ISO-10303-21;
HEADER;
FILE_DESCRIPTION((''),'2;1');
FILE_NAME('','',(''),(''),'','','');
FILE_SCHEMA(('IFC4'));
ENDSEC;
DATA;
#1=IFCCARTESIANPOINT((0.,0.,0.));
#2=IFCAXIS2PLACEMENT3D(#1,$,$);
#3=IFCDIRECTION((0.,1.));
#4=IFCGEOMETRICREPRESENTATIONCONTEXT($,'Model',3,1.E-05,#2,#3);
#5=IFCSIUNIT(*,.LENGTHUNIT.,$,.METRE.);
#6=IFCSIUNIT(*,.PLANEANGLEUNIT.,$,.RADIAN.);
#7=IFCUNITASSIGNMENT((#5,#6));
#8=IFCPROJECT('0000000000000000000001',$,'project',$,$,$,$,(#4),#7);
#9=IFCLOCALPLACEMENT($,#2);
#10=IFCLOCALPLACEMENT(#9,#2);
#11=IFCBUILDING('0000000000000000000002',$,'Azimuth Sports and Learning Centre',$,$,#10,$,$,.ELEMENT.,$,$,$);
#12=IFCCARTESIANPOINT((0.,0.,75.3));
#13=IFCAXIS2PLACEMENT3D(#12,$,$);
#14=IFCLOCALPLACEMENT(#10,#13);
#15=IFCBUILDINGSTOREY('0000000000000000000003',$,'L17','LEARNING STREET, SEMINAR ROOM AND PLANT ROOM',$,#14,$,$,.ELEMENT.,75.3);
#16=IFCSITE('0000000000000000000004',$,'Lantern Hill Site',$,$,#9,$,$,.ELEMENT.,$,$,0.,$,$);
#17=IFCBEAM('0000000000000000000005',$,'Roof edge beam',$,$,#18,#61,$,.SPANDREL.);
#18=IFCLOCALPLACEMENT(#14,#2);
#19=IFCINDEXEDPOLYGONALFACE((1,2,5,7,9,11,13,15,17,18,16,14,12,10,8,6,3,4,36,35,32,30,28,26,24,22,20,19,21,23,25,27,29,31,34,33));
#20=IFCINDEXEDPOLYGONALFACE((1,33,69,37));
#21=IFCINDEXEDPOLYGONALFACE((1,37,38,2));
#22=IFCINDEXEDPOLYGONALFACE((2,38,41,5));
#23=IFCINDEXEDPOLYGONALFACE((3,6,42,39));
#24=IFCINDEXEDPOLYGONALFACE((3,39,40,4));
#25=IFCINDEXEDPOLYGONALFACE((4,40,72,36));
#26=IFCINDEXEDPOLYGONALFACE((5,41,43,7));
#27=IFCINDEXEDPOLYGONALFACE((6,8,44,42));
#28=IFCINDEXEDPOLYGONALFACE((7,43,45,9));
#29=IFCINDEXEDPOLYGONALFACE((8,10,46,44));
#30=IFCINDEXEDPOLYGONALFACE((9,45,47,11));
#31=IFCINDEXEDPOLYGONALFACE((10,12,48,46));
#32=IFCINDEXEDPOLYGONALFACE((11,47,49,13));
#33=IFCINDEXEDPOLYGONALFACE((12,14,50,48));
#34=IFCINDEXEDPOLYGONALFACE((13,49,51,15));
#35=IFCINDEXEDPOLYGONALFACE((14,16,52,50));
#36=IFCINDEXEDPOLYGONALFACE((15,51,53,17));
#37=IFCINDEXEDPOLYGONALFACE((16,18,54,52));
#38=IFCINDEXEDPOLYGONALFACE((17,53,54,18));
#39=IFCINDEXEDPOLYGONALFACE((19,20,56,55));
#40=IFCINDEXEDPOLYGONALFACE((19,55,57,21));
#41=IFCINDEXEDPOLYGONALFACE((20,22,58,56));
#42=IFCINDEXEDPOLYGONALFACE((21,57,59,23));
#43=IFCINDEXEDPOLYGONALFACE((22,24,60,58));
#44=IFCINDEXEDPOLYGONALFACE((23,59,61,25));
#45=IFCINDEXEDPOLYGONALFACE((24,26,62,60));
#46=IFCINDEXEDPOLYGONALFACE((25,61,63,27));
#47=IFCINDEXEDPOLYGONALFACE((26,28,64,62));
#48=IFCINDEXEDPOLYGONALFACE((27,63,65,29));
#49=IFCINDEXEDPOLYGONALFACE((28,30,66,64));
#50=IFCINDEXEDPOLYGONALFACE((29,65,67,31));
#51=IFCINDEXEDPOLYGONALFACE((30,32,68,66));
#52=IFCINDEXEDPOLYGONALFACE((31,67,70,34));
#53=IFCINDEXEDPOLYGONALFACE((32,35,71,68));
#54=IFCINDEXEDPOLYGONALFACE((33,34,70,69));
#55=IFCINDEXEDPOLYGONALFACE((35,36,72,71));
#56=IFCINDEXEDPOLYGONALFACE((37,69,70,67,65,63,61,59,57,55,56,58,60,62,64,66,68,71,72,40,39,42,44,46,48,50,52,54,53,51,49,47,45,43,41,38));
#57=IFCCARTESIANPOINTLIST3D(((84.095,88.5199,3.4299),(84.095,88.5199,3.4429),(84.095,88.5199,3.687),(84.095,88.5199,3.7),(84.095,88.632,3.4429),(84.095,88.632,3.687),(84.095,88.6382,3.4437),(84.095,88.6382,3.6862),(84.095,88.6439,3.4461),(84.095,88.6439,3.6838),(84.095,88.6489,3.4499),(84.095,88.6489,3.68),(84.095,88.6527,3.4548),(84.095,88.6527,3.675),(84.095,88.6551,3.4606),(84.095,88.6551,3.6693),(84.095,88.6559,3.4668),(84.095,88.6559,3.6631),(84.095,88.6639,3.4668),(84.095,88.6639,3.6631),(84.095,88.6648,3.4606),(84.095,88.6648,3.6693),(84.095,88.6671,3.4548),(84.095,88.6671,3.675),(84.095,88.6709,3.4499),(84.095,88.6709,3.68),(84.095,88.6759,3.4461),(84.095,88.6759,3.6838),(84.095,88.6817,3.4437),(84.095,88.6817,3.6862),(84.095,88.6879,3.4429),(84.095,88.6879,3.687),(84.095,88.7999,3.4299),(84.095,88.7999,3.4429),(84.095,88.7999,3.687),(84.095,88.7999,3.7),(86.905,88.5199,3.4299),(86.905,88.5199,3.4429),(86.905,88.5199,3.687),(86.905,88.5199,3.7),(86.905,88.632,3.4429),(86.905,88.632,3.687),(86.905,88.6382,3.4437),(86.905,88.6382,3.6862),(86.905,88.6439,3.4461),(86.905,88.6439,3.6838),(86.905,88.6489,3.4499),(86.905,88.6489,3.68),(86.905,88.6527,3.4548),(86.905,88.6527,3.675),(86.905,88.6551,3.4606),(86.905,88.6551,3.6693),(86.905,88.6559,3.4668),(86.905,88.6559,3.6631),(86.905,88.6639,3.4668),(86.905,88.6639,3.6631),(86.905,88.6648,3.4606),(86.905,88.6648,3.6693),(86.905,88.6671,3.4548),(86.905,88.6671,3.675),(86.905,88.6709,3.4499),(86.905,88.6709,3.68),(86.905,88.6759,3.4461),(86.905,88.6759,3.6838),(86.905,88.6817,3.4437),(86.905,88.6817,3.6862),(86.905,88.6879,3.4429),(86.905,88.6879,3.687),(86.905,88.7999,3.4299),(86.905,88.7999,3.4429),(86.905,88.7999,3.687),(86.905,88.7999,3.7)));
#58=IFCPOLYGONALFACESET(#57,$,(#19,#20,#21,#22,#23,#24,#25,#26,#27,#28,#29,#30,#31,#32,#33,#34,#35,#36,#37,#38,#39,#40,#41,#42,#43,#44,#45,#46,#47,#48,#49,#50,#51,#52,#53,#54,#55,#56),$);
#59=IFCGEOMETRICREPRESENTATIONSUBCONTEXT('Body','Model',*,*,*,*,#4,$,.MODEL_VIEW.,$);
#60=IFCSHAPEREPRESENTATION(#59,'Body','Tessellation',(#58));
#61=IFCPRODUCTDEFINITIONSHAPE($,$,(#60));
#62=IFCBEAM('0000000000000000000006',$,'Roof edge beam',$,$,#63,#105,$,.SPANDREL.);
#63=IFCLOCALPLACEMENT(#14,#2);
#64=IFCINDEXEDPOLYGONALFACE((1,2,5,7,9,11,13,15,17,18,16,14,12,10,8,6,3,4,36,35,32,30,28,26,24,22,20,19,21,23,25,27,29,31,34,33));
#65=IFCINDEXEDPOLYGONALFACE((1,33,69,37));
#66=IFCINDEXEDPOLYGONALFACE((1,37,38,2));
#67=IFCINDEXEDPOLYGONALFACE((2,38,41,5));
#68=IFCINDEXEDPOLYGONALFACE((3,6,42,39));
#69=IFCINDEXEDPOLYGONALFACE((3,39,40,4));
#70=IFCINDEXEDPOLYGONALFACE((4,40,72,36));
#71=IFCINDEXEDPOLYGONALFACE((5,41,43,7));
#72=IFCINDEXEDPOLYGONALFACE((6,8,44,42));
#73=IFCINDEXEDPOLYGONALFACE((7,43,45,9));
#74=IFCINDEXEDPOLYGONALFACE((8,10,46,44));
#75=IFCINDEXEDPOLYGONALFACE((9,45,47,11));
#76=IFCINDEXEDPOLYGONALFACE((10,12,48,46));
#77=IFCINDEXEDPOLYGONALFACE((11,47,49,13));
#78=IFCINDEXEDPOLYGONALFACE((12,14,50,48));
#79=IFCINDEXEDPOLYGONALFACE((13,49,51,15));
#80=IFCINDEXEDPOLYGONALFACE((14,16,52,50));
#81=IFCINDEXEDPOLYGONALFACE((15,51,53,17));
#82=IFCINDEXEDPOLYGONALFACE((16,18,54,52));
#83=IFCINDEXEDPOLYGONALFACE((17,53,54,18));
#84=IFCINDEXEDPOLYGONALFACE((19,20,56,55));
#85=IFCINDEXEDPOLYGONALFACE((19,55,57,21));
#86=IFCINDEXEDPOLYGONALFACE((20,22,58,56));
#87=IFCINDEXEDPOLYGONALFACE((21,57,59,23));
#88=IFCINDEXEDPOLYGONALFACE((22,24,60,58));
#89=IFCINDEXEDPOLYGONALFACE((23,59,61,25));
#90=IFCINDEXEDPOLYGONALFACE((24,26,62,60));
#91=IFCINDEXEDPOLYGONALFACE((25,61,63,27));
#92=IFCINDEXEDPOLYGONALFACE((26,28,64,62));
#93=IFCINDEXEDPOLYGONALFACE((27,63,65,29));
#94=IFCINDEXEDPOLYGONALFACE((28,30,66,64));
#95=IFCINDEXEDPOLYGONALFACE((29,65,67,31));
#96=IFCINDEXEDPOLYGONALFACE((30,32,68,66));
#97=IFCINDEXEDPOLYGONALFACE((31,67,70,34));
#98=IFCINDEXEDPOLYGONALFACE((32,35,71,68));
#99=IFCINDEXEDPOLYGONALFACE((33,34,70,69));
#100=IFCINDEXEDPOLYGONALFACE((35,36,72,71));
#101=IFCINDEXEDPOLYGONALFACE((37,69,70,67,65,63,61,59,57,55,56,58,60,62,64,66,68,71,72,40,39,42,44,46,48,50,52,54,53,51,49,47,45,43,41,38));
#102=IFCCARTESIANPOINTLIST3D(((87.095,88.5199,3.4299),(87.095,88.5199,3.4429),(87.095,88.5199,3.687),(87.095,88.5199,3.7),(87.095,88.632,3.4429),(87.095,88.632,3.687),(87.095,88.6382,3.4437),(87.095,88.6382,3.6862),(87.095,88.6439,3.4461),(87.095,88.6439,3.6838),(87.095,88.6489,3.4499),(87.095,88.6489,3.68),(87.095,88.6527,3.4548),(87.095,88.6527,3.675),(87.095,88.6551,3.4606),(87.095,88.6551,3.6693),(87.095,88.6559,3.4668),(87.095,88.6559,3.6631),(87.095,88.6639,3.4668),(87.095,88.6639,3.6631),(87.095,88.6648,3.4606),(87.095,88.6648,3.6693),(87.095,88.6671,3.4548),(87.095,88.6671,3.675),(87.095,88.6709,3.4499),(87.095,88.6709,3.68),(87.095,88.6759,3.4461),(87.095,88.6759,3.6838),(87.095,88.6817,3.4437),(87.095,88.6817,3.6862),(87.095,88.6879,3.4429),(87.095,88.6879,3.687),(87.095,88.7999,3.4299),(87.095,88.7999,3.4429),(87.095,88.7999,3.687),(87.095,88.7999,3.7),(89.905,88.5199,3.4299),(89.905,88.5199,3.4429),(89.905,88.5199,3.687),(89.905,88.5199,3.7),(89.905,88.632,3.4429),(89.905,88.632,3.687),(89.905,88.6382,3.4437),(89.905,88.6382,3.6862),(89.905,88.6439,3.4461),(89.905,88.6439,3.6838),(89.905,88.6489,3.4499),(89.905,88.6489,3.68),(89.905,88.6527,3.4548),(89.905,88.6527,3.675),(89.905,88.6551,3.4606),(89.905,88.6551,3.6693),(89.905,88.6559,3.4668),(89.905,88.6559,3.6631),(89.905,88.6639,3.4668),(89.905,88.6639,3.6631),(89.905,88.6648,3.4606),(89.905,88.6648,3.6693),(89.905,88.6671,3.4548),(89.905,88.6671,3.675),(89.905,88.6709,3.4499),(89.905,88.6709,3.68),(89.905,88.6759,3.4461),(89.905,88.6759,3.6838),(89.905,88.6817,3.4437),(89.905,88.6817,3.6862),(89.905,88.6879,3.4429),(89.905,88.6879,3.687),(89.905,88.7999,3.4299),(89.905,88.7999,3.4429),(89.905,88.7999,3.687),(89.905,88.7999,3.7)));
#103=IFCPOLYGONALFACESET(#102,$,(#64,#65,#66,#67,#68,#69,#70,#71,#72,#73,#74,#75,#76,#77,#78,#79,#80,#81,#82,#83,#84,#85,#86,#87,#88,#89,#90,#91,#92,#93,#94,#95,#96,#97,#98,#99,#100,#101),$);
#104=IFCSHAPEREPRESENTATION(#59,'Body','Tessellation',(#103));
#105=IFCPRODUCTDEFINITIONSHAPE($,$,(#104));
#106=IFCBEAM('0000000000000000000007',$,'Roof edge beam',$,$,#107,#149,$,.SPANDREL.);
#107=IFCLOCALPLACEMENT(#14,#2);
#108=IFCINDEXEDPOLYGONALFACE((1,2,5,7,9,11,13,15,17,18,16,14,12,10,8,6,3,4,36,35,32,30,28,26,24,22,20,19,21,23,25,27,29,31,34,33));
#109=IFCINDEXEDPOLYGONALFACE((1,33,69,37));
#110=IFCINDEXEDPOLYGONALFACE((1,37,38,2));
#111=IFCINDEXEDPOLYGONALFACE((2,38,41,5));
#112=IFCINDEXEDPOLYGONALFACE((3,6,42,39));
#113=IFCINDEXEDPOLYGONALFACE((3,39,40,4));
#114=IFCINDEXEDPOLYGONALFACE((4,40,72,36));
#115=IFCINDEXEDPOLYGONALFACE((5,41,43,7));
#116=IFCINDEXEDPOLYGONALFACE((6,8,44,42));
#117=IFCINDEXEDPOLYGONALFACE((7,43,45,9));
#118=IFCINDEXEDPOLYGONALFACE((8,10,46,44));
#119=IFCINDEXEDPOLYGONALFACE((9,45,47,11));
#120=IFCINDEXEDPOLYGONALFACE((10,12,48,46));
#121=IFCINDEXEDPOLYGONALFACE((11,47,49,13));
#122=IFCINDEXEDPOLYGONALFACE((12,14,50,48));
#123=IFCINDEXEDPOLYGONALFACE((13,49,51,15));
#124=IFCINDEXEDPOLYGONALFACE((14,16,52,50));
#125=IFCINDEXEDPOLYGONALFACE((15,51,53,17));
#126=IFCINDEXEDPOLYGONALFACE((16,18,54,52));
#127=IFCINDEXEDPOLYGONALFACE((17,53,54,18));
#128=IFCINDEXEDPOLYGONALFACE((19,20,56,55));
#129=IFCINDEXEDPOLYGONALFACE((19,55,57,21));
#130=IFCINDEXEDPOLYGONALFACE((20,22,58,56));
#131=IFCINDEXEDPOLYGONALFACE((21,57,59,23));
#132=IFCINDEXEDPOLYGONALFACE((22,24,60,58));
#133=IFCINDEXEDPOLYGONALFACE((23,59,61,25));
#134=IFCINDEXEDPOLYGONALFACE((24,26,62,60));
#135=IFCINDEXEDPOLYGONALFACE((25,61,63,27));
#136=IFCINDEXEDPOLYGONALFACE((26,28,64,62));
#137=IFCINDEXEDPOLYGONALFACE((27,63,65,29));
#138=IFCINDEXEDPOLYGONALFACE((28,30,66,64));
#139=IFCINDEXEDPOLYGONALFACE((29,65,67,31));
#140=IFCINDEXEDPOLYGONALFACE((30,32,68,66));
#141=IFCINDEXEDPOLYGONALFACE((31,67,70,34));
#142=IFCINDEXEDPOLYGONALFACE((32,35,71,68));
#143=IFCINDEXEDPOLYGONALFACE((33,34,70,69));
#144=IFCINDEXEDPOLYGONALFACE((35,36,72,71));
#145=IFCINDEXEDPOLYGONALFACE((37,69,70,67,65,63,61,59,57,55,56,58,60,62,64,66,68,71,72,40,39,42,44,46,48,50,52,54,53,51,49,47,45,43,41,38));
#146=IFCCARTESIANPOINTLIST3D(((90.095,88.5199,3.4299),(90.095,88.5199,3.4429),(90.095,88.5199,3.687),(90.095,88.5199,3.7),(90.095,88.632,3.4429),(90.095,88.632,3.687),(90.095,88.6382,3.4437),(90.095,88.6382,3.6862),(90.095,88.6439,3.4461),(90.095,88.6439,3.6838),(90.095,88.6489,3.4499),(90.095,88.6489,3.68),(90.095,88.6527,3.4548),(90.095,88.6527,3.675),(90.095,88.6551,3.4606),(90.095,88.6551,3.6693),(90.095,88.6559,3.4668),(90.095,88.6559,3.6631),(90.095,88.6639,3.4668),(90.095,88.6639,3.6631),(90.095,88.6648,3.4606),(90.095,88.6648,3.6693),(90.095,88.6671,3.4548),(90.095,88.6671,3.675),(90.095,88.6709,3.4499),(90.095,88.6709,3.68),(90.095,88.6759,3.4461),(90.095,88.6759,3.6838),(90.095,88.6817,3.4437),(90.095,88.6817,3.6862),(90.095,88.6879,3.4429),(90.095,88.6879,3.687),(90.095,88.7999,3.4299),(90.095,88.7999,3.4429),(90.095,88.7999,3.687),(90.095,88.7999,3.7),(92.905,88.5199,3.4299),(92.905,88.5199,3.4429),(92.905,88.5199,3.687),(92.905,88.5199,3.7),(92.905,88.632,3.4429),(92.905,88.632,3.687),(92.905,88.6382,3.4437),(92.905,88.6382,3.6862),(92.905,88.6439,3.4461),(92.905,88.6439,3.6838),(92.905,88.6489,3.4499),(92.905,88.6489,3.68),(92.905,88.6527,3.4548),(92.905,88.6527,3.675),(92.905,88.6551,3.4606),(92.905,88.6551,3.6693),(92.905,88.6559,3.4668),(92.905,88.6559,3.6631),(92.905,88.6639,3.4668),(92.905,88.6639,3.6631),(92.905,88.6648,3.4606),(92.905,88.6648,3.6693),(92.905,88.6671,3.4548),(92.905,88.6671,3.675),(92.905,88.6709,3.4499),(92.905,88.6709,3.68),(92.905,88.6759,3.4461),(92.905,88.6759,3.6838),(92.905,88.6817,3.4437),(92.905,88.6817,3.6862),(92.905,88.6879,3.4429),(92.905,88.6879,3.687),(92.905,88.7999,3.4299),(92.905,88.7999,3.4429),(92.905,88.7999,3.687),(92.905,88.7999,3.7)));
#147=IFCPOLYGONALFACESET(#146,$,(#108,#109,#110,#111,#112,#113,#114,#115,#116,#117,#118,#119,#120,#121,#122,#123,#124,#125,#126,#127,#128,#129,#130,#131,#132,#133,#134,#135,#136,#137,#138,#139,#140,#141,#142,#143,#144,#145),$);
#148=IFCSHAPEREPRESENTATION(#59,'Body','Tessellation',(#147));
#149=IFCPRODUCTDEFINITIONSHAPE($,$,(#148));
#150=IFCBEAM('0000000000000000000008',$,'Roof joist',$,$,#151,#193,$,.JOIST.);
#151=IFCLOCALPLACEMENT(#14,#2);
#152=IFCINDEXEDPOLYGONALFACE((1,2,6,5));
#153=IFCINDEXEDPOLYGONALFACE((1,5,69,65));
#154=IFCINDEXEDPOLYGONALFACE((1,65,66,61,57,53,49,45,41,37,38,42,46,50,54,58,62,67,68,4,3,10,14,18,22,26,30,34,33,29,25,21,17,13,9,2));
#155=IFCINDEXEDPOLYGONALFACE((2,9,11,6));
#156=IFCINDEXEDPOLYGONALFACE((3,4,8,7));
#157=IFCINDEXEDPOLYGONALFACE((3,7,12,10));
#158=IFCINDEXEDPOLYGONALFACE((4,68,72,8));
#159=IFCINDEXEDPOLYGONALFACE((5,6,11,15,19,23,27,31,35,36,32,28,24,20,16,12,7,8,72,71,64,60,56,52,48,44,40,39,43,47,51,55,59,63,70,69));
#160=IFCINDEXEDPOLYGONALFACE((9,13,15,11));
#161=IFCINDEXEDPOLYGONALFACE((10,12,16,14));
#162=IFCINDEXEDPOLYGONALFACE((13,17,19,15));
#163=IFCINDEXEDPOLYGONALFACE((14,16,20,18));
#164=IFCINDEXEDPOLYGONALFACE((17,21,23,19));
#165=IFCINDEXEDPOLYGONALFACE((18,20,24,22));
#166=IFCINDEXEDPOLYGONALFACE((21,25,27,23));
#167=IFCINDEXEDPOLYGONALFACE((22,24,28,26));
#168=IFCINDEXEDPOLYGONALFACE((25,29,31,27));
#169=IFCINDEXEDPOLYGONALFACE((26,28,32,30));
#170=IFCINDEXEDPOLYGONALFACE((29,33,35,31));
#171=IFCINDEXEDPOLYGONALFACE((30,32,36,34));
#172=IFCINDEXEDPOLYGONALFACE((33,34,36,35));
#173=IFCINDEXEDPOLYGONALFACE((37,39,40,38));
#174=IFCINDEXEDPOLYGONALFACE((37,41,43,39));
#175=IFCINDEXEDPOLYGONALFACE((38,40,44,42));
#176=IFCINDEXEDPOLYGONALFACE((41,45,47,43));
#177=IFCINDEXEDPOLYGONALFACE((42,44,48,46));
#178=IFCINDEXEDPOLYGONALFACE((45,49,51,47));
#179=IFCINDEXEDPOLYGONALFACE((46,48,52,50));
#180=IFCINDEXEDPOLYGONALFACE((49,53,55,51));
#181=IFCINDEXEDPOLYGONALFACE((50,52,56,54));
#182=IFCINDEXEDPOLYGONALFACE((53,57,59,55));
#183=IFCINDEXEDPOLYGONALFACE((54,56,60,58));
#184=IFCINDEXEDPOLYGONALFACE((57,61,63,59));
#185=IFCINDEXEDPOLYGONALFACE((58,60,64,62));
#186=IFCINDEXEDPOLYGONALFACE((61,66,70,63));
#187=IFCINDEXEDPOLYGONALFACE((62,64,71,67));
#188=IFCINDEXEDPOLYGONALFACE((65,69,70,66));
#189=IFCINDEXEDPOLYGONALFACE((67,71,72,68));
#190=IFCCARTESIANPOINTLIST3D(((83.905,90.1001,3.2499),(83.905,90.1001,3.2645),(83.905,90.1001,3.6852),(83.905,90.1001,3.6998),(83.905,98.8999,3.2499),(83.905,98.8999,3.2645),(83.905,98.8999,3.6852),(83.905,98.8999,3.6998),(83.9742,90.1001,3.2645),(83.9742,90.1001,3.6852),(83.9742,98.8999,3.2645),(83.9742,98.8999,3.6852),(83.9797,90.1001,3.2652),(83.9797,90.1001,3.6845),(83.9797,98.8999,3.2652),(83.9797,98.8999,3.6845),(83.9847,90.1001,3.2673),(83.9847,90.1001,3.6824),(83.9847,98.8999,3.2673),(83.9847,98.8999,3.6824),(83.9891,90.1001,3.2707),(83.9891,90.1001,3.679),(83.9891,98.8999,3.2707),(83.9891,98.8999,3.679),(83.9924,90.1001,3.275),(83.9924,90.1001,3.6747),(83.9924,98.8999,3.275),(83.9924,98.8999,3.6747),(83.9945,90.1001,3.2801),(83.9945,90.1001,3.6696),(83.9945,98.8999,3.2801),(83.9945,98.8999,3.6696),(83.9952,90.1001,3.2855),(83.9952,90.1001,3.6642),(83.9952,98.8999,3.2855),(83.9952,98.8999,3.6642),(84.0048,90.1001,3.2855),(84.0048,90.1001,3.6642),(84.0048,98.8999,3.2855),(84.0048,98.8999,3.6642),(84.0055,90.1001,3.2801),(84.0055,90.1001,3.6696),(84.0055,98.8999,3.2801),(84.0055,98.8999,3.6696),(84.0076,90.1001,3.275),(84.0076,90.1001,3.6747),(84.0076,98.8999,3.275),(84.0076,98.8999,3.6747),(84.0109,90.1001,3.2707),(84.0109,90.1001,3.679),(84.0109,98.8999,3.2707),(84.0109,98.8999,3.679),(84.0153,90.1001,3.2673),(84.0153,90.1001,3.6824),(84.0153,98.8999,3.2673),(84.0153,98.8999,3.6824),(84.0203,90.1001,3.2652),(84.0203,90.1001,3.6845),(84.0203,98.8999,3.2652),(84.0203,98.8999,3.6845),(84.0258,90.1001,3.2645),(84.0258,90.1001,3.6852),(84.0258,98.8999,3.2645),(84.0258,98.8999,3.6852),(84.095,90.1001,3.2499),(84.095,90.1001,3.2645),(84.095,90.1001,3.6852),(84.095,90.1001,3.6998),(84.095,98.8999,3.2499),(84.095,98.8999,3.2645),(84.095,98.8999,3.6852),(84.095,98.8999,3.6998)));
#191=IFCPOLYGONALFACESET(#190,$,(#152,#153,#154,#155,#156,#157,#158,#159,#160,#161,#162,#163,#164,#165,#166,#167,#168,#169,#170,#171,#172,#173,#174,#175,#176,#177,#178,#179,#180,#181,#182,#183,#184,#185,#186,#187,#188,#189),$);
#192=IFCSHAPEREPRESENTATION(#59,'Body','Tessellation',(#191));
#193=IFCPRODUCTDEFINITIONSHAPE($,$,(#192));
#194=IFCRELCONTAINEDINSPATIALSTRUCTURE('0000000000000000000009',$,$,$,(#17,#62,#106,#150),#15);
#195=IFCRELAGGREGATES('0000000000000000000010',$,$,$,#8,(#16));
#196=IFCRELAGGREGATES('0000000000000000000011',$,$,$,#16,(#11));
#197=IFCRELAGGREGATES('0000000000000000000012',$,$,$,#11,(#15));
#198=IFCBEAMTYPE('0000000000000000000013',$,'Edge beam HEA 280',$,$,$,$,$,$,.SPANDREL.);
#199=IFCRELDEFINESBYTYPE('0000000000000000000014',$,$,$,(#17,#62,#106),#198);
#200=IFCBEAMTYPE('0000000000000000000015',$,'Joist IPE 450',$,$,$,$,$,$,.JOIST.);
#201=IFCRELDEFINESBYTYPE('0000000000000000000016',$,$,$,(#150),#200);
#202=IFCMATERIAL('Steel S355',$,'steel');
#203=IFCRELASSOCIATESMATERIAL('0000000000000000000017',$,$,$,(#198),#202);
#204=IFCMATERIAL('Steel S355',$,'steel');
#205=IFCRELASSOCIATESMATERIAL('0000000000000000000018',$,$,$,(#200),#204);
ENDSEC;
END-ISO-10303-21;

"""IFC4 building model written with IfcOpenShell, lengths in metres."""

from ifc_helpers import new_model, si_unit, direction, frame, origin, origin_2d, place, context, subcontext, project, spatial, i_section, extrude, material, material_profile, profile_set, type_object, element, save


model = new_model("IFC4")

# Units and contexts
model_context = context("Model", 3, precision=1e-05, world=origin(), true_north=direction((0.0, 1.0)))
body_context = subcontext(model_context, "Body", "Model", "MODEL_VIEW")
ifc_project = project(units=[si_unit("LENGTHUNIT", "METRE"), si_unit("PLANEANGLEUNIT", "RADIAN")], contexts=[model_context])

# Site, building, storey
site_placement = place(None, origin())
site = spatial("IfcSite", under=ifc_project, at=site_placement, Name="Lantern Hill Site", CompositionType="ELEMENT", RefElevation=0.0)
building_placement = place(site_placement, origin())
building = spatial("IfcBuilding", under=site, at=building_placement, Name="Azimuth Sports and Learning Centre", CompositionType="ELEMENT")
storey_placement = place(building_placement, frame((0.0, 0.0, 75.3)))
storey = spatial("IfcBuildingStorey", under=building, at=storey_placement, Name="L17", Description="LEARNING STREET, SEMINAR ROOM AND PLANT ROOM", CompositionType="ELEMENT", Elevation=75.3)

# Beams
ifc_material_1 = material(Name="Steel S355", Category="steel")
ifc_material_profile_1 = material_profile(ifc_material_1, i_section(OverallWidth=0.28, OverallDepth=0.27, WebThickness=0.0081, FlangeThickness=0.0129, FilletRadius=0.0239, at=origin_2d()), Name="HEA 280")
ifc_profile_set_1 = profile_set([ifc_material_profile_1], Name="Steel S355")
beam_type_1 = type_object("IfcBeamType", Name="Edge beam HEA 280", PredefinedType="SPANDREL", material=ifc_profile_set_1)
for number, where, z_axis, x_axis, name in (
    (1, (84.095, 88.6599, 3.5649), (1.0, 0.0, 0.0), (0.0, 1.0, 0.0), "Roof edge beam"),
    (2, (87.095, 88.6599, 3.5649), (1.0, 0.0, 0.0), (0.0, 1.0, 0.0), "Roof edge beam"),
    (3, (90.095, 88.6599, 3.5649), (1.0, 0.0, 0.0), (0.0, 1.0, 0.0), "Roof edge beam"),
):
    element("IfcBeam", number, at=place(storey_placement, frame(where, z_axis=z_axis, x_axis=x_axis)), inside=storey, type_object=beam_type_1, Name=name, PredefinedType="SPANDREL", context=body_context, shape_type="SweptSolid", body=[
        extrude(i_section(OverallWidth=0.28, OverallDepth=0.27, WebThickness=0.0081, FlangeThickness=0.0129, FilletRadius=0.0239, at=origin_2d()), origin(), (0.0, 0.0, 1.0), 2.8101),
    ])
ifc_material_2 = material(Name="Steel S355", Category="steel")
ifc_material_profile_2 = material_profile(ifc_material_2, i_section(OverallWidth=0.1899, OverallDepth=0.45, WebThickness=0.0095, FlangeThickness=0.0146, FilletRadius=0.021, at=origin_2d()), Name="IPE 450")
ifc_profile_set_2 = profile_set([ifc_material_profile_2], Name="Steel S355")
beam_type_2 = type_object("IfcBeamType", Name="Joist IPE 450", PredefinedType="JOIST", material=ifc_profile_set_2)
for number, where, z_axis, x_axis, name in (
    (4, (84.0, 90.1001, 3.4749), (0.0, 1.0, 0.0), (-1.0, 0.0, 0.0), "Roof joist"),
):
    element("IfcBeam", number, at=place(storey_placement, frame(where, z_axis=z_axis, x_axis=x_axis)), inside=storey, type_object=beam_type_2, Name=name, PredefinedType="JOIST", context=body_context, shape_type="SweptSolid", body=[
        extrude(i_section(OverallWidth=0.1899, OverallDepth=0.45, WebThickness=0.0095, FlangeThickness=0.0146, FilletRadius=0.021, at=origin_2d()), origin(), (0.0, 0.0, 1.0), 8.7998),
    ])

save(model, "model.ifc")
